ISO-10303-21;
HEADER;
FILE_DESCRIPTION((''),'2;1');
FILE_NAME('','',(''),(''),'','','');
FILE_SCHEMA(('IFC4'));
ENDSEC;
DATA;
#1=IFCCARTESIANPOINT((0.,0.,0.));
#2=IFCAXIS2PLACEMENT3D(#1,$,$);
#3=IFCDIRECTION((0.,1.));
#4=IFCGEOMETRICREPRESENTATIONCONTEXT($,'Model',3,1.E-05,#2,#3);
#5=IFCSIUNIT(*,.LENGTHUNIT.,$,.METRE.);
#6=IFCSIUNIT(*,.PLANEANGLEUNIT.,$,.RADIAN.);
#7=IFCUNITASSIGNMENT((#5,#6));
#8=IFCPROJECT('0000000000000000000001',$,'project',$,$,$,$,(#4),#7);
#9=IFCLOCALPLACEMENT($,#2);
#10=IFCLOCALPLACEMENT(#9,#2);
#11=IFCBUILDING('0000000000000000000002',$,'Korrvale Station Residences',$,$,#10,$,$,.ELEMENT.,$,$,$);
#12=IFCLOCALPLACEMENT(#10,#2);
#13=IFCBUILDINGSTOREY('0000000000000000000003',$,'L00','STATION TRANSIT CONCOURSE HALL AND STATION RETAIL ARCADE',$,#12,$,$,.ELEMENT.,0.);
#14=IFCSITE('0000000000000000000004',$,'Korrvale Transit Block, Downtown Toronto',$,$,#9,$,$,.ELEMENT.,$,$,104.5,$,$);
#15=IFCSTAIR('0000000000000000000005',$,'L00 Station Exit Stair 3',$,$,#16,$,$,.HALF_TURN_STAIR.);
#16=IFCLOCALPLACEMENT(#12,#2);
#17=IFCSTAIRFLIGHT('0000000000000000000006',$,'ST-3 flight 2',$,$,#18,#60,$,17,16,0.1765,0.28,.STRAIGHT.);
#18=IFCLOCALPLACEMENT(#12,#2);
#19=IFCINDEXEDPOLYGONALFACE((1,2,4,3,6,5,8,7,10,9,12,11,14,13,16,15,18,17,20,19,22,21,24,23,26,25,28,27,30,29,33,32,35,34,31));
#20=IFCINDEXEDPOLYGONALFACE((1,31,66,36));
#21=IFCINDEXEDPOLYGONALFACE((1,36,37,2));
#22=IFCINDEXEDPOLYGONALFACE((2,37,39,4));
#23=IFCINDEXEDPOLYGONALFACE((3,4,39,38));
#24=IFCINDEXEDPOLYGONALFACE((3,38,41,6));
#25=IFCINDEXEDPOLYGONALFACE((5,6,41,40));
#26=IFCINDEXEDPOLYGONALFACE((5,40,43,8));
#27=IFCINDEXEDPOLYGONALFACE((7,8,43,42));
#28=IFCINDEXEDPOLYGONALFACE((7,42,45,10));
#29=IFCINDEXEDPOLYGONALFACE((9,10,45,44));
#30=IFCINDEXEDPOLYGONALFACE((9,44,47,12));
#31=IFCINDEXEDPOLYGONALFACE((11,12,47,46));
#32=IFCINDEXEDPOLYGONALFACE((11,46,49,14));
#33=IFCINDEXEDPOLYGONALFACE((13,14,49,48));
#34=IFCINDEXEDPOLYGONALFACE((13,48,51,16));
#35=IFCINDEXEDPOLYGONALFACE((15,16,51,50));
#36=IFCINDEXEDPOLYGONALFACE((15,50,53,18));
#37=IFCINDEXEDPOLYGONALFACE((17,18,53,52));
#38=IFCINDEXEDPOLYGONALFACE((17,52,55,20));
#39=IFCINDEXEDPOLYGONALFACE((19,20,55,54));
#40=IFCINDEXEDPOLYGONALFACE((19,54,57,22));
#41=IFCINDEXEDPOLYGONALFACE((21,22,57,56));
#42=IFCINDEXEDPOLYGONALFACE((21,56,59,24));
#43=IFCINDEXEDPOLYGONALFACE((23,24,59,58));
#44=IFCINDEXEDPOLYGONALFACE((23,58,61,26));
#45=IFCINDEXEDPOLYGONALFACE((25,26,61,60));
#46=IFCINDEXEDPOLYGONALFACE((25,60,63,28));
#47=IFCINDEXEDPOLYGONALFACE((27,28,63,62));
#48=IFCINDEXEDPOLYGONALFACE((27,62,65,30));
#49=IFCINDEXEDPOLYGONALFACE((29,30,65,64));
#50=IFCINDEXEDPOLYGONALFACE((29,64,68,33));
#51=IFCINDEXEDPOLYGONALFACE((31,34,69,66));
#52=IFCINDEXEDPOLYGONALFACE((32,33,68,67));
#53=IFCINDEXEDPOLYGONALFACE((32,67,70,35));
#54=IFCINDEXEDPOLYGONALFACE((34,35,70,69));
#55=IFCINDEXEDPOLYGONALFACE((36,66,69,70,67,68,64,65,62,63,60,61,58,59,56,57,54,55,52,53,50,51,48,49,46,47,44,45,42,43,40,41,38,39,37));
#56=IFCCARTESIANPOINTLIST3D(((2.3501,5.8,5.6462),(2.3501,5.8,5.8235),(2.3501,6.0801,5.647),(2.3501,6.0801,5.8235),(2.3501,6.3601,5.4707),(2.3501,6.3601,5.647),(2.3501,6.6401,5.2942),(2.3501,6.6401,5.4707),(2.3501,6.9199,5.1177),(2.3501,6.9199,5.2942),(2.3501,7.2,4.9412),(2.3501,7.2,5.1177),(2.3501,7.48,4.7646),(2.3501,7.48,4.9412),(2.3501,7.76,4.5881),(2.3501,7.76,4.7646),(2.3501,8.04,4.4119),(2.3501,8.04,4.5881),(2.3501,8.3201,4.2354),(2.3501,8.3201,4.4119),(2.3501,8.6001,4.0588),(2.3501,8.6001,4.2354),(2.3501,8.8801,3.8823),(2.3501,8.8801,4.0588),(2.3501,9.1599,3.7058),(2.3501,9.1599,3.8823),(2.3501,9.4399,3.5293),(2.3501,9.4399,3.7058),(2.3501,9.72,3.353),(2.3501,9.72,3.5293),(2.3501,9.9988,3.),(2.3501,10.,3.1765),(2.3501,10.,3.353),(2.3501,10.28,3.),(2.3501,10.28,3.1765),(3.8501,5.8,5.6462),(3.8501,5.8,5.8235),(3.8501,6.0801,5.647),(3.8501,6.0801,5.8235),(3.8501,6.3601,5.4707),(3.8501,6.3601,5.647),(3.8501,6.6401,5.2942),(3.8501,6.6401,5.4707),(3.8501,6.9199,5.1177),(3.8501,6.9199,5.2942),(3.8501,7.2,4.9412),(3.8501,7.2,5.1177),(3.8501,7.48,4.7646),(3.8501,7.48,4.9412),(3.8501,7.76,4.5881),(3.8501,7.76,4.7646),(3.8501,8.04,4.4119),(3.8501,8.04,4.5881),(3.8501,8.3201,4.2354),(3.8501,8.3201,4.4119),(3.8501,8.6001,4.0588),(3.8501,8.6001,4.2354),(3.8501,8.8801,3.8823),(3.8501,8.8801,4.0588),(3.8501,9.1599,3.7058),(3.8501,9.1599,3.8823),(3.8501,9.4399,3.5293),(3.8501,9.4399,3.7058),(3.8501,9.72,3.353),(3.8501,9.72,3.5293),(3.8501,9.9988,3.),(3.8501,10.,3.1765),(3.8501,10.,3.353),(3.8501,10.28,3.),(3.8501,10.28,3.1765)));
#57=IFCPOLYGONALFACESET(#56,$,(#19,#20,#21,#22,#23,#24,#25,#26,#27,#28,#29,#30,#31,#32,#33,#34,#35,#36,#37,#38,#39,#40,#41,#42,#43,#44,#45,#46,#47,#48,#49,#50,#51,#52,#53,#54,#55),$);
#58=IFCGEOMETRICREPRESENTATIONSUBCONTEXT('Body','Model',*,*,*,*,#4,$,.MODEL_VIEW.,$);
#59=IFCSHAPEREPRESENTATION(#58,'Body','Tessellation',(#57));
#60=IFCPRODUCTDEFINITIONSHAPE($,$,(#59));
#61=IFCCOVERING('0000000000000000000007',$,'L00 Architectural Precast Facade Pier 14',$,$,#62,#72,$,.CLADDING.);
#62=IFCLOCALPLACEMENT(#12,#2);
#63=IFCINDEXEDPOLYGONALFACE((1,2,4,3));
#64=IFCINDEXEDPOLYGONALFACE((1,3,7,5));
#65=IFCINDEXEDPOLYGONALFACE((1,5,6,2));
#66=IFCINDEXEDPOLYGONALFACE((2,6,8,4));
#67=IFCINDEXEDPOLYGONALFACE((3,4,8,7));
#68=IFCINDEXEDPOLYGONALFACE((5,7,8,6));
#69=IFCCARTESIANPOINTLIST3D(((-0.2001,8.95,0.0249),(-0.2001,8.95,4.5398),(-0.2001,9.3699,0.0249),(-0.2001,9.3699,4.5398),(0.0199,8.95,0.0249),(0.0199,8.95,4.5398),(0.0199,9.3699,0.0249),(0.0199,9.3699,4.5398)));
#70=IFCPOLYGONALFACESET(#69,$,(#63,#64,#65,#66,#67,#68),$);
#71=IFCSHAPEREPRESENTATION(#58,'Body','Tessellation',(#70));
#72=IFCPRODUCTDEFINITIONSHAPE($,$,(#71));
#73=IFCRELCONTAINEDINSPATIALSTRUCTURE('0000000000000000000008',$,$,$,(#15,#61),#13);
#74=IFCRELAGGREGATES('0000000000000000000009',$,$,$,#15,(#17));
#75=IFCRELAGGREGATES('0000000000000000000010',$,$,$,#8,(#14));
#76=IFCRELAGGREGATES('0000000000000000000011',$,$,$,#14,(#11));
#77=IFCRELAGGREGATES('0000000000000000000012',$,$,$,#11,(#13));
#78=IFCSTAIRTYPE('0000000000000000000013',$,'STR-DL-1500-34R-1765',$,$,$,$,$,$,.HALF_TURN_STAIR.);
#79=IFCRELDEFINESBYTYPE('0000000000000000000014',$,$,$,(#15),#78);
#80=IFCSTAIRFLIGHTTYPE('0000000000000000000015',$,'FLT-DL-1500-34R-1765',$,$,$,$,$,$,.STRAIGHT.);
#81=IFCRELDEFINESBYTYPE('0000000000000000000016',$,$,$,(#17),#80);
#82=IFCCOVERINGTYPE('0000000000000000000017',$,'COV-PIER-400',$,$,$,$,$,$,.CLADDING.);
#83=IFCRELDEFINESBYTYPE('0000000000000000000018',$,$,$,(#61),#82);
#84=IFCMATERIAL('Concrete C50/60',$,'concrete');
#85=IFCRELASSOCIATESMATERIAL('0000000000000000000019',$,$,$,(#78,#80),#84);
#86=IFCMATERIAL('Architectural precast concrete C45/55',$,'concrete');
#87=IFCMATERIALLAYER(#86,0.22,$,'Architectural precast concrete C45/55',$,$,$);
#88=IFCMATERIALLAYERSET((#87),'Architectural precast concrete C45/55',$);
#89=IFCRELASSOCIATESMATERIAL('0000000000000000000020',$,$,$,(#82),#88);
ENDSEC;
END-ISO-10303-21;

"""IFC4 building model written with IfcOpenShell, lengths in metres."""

from ifc_helpers import new_model, si_unit, direction, frame, origin, origin_2d, place, context, subcontext, project, spatial, polyline, rectangle, outline, extrude, material, layer, layer_set, type_object, element, aggregate, save


model = new_model("IFC4")

# Units and contexts
model_context = context("Model", 3, precision=1e-05, world=origin(), true_north=direction((0.0, 1.0)))
body_context = subcontext(model_context, "Body", "Model", "MODEL_VIEW")
ifc_project = project(units=[si_unit("LENGTHUNIT", "METRE"), si_unit("PLANEANGLEUNIT", "RADIAN")], contexts=[model_context])

# Site, building, storey
site_placement = place(None, origin())
site = spatial("IfcSite", under=ifc_project, at=site_placement, Name="Korrvale Transit Block, Downtown Toronto", CompositionType="ELEMENT", RefElevation=104.5)
building_placement = place(site_placement, origin())
building = spatial("IfcBuilding", under=site, at=building_placement, Name="Korrvale Station Residences", CompositionType="ELEMENT")
storey_placement = place(building_placement, origin())
storey = spatial("IfcBuildingStorey", under=building, at=storey_placement, Name="L00", Description="STATION TRANSIT CONCOURSE HALL AND STATION RETAIL ARCADE", CompositionType="ELEMENT", Elevation=0.0)

# Stair, stair flight
ifc_material_1 = material(Name="Concrete C50/60", Category="concrete")
stair_type = type_object("IfcStairType", Name="STR-DL-1500-34R-1765", PredefinedType="HALF_TURN_STAIR", material=ifc_material_1)
stair_placement = place(storey_placement, origin())
stair = element("IfcStair", 1, at=stair_placement, inside=storey, type_object=stair_type, Name="L00 Station Exit Stair 3", PredefinedType="HALF_TURN_STAIR")
stair_flight_type = type_object("IfcStairFlightType", Name="FLT-DL-1500-34R-1765", PredefinedType="STRAIGHT", material=ifc_material_1)
stair_flight_placement = place(storey_placement, frame((3.1001, 10.28, 3.0), z_axis=(0.0, 0.0, 1.0), x_axis=(0.0, -1.0, 0.0)))
stair_flight = element("IfcStairFlight", 2, at=stair_flight_placement, type_object=stair_flight_type, Name="ST-3 flight 2", NumberOfRisers=17, NumberOfTreads=16, PredefinedType="STRAIGHT", RiserHeight=0.1765, TreadLength=0.28, context=body_context, shape_type="SweptSolid", body=[
    extrude(outline(polyline([(0.0, 0.0), (0.0, 0.1765), (0.28, 0.1765), (0.28, 0.353), (0.5601, 0.353), (0.5601, 0.5293), (0.8401, 0.5293), (0.8401, 0.7058), (1.1201, 0.7058), (1.1201, 0.8823), (1.3999, 0.8823), (1.3999, 1.0588), (1.6799, 1.0588), (1.6799, 1.2354), (1.96, 1.2354), (1.96, 1.4119), (2.24, 1.4119), (2.24, 1.5881), (2.52, 1.5881), (2.52, 1.7646), (2.8, 1.7646), (2.8, 1.9412), (3.0801, 1.9412), (3.0801, 2.1177), (3.3601, 2.1177), (3.3601, 2.2942), (3.6399, 2.2942), (3.6399, 2.4707), (3.9199, 2.4707), (3.9199, 2.647), (4.2, 2.647), (4.2, 2.8235), (4.48, 2.8235), (4.48, 3.0), (4.48, 2.6462), (0.2812, 0.0), (0.0, 0.0)])), frame((0.0, 0.75, 0.0), z_axis=(0.0, -1.0, 0.0), x_axis=(1.0, 0.0, 0.0)), (0.0, 0.0, 1.0), 1.5),
])
aggregate(stair, [stair_flight])

# Covering
ifc_material_2 = material(Name="Architectural precast concrete C45/55", Category="concrete")
ifc_layer_1 = layer(ifc_material_2, 0.22, Name="Architectural precast concrete C45/55")
ifc_layer_set_1 = layer_set([ifc_layer_1], Name="Architectural precast concrete C45/55")
covering_type = type_object("IfcCoveringType", Name="COV-PIER-400", PredefinedType="CLADDING", material=ifc_layer_set_1)
covering_placement = place(storey_placement, frame((-0.0901, 9.1599, 0.0249), z_axis=(0.0, 0.0, 1.0), x_axis=(0.0, 1.0, 0.0)))
element("IfcCovering", 3, at=covering_placement, inside=storey, type_object=covering_type, Name="L00 Architectural Precast Facade Pier 14", PredefinedType="CLADDING", context=body_context, shape_type="SweptSolid", body=[
    extrude(rectangle(XDim=0.4199, YDim=0.22, at=origin_2d()), origin(), (0.0, 0.0, 1.0), 4.5149),
])

save(model, "model.ifc")
